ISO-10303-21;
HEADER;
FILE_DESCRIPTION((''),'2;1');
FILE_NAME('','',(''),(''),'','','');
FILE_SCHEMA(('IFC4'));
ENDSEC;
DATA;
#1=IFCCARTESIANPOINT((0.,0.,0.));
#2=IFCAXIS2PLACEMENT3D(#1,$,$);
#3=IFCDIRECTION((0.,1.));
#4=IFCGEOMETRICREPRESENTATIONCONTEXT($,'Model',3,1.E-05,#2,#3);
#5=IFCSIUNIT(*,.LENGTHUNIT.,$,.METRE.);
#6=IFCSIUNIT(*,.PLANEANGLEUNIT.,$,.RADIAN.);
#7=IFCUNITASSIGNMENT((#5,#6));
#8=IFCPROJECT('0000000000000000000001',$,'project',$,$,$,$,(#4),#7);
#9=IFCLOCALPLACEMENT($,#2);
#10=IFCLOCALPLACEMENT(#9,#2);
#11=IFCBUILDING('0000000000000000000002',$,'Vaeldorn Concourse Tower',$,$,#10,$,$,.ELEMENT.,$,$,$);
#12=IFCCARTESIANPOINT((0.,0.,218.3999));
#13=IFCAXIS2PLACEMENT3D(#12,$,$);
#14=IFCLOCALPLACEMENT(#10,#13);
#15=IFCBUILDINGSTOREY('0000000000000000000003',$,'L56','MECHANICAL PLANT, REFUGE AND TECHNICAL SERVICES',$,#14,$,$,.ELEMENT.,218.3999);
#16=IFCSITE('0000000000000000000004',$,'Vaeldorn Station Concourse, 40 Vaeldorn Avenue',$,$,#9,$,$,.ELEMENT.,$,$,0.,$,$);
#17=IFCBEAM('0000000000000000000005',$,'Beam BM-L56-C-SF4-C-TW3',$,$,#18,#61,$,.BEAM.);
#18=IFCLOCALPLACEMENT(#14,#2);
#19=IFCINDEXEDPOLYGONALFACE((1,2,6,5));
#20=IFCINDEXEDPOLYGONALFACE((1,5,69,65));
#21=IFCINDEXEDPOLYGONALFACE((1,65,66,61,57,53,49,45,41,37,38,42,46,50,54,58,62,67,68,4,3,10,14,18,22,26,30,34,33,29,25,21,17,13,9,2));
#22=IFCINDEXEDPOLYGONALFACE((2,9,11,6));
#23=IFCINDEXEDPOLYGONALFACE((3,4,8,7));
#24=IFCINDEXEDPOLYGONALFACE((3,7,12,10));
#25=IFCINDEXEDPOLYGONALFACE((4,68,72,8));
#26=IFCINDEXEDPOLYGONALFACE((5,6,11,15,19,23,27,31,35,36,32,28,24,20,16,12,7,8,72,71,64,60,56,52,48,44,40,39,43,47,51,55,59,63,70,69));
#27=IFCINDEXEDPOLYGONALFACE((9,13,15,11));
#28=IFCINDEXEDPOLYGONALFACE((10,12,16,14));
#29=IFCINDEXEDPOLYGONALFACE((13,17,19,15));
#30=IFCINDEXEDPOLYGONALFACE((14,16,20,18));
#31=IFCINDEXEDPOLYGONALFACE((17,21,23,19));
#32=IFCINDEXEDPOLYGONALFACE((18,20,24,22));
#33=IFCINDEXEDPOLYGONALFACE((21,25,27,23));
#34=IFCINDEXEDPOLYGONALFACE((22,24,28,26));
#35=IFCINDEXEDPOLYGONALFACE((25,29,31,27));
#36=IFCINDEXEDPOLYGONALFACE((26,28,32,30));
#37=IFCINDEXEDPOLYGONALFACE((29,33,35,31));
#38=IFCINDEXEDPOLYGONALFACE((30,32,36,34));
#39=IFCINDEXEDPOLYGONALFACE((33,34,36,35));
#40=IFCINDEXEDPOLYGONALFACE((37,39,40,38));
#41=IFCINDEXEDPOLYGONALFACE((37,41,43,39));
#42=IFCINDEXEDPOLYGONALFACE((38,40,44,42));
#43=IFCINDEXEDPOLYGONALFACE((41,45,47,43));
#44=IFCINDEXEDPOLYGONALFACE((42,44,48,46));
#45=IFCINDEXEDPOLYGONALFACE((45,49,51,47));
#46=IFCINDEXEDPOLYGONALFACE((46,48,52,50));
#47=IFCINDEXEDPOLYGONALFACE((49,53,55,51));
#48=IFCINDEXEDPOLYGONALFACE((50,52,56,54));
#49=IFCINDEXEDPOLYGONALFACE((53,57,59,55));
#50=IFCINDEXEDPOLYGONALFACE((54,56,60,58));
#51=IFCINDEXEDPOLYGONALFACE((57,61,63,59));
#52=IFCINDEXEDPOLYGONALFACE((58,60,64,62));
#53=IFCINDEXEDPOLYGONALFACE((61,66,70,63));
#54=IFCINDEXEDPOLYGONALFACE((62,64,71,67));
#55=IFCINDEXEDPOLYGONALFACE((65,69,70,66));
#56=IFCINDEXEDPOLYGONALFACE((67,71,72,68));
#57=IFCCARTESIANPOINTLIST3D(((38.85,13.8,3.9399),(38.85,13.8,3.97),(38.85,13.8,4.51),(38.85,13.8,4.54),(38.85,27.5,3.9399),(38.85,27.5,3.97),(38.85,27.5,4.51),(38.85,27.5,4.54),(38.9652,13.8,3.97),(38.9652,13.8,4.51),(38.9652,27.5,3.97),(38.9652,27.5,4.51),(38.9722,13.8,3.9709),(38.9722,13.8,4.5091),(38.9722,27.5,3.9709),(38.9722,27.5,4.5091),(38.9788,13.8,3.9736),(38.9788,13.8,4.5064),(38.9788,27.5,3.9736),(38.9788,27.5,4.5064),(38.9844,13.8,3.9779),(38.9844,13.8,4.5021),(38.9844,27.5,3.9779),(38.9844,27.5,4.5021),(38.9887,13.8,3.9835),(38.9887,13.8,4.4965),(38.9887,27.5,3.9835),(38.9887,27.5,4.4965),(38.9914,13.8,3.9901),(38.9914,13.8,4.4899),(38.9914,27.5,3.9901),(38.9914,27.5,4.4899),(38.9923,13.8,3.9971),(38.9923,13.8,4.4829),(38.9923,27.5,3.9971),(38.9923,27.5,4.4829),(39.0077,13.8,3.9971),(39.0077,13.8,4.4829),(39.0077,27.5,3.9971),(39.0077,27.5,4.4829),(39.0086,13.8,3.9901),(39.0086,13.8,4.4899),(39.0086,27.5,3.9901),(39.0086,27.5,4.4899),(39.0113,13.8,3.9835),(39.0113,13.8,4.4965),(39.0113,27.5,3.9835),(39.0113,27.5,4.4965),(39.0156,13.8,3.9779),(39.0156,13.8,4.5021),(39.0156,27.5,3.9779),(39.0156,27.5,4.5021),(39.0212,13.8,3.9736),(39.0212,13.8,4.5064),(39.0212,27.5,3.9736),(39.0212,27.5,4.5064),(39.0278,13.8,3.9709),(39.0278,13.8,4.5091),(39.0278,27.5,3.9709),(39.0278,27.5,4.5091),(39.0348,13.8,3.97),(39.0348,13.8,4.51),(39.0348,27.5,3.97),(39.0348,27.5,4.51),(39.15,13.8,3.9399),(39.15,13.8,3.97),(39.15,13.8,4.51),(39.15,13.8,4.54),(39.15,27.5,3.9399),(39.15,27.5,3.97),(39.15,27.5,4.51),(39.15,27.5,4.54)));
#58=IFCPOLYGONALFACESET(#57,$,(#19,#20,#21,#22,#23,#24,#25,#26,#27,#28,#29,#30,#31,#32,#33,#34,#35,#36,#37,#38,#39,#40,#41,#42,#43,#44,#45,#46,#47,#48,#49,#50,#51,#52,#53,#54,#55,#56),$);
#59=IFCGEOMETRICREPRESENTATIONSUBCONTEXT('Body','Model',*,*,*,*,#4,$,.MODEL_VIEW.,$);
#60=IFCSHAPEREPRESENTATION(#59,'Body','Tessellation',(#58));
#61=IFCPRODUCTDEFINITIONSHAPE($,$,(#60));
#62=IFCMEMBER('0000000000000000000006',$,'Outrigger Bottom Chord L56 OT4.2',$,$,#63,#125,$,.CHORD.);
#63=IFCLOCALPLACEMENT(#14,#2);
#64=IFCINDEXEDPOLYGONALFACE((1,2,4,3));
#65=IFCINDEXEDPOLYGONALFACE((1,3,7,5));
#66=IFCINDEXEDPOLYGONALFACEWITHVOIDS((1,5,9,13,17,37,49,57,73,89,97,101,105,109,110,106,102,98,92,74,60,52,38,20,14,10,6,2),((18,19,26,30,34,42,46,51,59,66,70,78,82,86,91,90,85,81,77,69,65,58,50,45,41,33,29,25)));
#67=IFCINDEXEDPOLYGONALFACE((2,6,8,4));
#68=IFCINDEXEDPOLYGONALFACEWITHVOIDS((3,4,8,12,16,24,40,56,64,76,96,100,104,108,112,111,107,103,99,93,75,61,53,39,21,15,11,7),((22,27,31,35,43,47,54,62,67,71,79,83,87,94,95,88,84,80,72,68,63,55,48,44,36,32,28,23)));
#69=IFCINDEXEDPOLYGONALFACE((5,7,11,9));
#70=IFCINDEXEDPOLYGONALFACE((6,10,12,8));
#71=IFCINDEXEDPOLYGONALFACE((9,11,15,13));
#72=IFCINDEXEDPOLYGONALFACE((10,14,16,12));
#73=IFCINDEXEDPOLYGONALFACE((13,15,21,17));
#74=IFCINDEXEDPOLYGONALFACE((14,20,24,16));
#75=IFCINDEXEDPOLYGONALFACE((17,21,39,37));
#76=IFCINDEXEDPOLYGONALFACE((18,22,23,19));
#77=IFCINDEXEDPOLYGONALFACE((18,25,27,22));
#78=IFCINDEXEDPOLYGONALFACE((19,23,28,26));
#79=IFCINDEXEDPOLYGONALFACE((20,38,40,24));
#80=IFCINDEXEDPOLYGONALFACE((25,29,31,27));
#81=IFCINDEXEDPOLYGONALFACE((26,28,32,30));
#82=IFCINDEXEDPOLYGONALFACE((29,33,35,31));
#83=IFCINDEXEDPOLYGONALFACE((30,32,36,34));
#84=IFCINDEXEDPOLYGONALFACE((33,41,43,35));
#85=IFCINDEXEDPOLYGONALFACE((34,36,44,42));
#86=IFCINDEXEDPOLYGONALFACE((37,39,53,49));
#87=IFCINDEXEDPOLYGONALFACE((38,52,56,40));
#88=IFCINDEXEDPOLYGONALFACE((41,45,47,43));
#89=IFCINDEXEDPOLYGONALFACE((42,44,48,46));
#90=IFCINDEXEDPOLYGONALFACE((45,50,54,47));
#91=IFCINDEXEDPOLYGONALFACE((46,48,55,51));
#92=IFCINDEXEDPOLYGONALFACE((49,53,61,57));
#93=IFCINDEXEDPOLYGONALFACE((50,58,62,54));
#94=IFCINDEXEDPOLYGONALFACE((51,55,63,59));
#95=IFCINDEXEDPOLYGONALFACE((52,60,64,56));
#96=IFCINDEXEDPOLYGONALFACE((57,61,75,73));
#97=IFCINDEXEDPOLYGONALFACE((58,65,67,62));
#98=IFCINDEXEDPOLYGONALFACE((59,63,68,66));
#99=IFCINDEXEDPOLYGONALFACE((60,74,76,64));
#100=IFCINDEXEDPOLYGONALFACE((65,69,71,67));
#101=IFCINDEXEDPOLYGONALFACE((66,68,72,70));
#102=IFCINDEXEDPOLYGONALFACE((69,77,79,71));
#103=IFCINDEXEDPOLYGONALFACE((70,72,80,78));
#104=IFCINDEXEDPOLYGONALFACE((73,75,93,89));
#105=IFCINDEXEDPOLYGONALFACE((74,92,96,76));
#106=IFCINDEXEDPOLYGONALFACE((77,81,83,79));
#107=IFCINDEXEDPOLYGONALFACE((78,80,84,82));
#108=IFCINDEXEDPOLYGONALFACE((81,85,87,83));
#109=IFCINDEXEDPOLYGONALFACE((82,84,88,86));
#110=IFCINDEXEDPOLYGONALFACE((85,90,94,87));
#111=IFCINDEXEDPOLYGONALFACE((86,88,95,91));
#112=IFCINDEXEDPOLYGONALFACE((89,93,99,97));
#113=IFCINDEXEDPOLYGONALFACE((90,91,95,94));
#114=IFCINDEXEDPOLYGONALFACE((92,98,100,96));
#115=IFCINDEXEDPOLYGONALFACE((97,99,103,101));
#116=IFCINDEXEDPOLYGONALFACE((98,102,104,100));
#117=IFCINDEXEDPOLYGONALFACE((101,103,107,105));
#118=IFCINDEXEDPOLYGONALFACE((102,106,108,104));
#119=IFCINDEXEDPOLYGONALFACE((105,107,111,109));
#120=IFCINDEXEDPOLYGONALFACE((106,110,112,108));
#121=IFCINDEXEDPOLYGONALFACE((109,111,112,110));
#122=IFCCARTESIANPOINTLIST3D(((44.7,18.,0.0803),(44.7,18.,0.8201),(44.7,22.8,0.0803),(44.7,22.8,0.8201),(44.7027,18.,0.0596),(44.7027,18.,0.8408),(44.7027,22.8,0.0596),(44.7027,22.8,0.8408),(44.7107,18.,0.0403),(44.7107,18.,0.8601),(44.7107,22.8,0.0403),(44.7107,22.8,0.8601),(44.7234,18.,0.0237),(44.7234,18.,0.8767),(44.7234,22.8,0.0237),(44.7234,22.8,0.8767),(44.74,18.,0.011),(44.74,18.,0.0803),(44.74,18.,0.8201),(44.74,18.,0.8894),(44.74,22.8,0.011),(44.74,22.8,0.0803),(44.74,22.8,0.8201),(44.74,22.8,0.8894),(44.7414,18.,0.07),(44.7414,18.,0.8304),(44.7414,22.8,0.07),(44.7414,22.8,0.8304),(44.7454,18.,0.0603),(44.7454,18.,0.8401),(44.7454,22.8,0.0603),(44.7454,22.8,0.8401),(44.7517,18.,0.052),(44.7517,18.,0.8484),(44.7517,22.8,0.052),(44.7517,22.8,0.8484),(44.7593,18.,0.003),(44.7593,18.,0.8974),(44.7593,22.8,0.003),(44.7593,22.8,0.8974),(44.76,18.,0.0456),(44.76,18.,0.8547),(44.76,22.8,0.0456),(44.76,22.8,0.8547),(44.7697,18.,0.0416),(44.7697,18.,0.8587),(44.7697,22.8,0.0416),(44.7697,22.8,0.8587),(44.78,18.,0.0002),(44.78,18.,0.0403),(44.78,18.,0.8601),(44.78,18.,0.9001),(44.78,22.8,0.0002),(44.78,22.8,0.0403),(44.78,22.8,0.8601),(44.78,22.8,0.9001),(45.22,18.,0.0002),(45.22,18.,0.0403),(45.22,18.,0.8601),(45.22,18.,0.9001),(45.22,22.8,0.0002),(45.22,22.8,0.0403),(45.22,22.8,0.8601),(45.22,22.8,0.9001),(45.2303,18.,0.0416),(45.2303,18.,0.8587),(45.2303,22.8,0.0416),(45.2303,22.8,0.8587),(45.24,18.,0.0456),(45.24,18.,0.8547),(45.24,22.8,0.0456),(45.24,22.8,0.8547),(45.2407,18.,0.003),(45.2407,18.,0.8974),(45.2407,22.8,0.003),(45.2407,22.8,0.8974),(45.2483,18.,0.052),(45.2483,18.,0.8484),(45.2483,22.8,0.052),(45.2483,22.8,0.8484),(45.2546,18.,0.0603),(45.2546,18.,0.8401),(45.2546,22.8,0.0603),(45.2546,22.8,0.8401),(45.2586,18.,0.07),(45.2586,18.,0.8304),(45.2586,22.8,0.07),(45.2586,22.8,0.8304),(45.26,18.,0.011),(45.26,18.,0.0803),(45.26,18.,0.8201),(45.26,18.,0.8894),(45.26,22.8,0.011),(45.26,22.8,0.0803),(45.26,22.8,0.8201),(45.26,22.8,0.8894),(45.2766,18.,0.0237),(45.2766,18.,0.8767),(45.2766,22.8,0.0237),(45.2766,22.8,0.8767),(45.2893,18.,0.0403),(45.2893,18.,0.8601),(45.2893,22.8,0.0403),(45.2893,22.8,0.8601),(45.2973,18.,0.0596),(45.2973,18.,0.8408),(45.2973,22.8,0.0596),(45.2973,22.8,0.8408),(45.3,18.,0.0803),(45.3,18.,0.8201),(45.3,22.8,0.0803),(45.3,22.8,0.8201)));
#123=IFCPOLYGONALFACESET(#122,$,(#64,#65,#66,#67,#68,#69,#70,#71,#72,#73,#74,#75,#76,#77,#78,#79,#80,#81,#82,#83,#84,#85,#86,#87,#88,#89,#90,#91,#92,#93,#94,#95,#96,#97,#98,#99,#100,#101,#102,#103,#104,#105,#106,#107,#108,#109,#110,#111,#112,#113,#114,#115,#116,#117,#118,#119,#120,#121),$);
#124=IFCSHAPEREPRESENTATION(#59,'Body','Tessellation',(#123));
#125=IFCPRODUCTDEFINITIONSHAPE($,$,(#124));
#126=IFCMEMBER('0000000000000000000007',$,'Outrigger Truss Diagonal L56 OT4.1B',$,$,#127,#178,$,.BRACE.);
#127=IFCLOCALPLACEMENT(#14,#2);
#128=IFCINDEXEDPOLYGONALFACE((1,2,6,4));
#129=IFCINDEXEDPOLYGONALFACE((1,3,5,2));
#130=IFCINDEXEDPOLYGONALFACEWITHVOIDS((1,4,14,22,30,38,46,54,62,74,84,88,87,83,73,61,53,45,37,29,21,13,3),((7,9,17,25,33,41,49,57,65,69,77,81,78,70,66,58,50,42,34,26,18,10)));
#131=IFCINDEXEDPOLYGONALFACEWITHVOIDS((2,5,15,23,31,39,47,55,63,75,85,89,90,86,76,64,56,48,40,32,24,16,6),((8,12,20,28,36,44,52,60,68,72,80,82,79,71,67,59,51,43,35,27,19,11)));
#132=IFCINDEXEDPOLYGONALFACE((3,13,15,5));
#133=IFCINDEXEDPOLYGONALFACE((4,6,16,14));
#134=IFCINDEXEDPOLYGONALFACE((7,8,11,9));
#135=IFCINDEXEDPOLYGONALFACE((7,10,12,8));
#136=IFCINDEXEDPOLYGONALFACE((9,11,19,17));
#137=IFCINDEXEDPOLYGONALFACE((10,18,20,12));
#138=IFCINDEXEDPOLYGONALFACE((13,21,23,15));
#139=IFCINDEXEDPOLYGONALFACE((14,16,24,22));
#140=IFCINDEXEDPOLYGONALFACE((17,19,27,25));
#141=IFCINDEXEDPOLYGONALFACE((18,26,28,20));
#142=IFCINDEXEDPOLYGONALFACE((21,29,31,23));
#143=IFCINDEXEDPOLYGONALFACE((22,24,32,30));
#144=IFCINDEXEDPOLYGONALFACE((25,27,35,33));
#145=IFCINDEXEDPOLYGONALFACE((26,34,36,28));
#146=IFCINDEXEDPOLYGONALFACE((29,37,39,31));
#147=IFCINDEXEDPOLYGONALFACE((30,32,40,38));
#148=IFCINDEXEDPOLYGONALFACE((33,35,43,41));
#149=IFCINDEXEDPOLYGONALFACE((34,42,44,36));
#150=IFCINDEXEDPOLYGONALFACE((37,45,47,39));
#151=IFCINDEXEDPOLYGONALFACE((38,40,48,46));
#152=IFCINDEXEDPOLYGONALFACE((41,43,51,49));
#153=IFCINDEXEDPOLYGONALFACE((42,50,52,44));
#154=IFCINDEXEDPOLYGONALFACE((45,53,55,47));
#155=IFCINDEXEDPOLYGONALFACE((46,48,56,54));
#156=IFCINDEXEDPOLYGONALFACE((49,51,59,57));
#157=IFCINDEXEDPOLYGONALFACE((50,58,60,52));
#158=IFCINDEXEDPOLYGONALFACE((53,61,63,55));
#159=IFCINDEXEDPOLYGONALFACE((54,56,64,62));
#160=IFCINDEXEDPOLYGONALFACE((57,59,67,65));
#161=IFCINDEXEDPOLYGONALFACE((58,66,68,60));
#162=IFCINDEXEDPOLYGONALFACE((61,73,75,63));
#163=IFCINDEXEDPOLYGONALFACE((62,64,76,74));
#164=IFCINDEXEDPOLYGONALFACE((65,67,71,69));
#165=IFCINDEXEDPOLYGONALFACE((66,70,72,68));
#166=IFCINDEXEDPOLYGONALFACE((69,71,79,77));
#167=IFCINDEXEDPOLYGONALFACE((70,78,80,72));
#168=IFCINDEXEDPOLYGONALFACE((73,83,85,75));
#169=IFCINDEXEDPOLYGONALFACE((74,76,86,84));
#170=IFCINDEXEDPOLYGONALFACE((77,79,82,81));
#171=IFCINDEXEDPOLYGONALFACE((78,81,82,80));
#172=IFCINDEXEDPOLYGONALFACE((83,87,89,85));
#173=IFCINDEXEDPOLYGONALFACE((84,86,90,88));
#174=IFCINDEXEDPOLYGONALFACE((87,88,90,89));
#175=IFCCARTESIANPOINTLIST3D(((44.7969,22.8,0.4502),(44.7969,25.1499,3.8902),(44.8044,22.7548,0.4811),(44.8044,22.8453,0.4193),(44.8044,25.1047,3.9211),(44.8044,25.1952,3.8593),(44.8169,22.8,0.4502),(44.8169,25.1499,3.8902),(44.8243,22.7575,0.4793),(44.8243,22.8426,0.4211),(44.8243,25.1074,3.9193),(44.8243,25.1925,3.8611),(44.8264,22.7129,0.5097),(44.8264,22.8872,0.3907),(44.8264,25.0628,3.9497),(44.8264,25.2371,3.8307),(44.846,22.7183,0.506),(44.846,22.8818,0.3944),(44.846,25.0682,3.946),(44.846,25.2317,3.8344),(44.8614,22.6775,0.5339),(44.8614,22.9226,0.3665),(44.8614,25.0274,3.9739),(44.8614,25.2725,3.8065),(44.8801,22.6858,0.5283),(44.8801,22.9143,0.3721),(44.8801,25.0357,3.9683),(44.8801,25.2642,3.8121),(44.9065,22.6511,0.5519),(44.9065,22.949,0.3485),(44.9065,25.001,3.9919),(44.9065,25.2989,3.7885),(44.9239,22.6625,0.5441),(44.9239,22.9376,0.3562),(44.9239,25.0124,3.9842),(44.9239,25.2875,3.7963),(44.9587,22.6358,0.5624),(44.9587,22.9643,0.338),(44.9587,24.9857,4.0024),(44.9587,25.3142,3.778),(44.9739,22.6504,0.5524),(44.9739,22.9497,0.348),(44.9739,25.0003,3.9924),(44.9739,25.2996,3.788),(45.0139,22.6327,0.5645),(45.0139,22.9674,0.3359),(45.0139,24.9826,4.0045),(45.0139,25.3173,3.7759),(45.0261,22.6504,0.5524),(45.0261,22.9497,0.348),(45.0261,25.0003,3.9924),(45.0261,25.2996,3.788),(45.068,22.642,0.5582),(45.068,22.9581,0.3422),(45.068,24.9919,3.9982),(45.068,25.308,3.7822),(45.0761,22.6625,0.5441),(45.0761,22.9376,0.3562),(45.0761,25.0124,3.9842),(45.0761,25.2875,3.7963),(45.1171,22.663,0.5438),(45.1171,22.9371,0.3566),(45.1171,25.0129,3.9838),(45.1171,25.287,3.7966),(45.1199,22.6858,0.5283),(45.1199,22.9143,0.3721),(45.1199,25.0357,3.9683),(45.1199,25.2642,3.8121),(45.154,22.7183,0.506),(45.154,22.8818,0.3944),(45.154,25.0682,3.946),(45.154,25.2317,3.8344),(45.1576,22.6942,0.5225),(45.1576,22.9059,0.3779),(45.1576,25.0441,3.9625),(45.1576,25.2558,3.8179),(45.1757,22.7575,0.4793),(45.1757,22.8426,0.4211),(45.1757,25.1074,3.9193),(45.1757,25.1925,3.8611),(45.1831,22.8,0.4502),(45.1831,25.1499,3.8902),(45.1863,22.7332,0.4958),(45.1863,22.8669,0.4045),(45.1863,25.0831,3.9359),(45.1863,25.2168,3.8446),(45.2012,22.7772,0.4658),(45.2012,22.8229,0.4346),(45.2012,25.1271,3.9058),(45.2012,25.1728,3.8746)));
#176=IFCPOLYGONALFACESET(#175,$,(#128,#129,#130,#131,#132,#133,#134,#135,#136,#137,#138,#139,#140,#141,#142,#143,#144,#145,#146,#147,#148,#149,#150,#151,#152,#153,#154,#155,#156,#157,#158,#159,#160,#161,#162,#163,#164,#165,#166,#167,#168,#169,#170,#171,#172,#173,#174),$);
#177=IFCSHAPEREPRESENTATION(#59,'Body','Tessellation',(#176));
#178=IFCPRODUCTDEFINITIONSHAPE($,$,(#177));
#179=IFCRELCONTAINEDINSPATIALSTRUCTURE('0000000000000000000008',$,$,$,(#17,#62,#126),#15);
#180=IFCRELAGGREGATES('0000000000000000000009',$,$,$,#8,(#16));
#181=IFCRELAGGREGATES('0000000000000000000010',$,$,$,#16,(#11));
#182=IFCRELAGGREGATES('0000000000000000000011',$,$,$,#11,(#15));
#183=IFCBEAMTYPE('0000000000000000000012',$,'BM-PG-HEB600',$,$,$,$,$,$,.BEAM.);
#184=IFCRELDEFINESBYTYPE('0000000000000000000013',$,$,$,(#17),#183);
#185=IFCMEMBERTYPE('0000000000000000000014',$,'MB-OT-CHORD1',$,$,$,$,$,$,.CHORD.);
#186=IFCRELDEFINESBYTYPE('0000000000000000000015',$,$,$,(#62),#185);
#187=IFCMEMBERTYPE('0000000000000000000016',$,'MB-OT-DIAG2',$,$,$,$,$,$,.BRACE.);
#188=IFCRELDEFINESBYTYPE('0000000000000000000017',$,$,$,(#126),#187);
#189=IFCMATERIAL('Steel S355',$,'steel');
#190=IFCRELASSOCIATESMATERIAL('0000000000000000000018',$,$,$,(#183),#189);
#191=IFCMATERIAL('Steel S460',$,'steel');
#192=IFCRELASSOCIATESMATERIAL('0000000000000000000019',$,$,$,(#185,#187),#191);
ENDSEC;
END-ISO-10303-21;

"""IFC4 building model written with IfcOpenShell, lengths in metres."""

from ifc_helpers import new_model, si_unit, direction, frame, origin, origin_2d, place, context, subcontext, project, spatial, hollow_rectangle, hollow_circle, i_section, extrude, source, transform, mapped, material, material_profile, profile_set, type_object, element, save


model = new_model("IFC4")

# Units and contexts
model_context = context("Model", 3, precision=1e-05, world=origin(), true_north=direction((0.0, 1.0)))
body_context = subcontext(model_context, "Body", "Model", "MODEL_VIEW")
ifc_project = project(units=[si_unit("LENGTHUNIT", "METRE"), si_unit("PLANEANGLEUNIT", "RADIAN")], contexts=[model_context])

# Site, building, storey
site_placement = place(None, origin())
site = spatial("IfcSite", under=ifc_project, at=site_placement, Name="Vaeldorn Station Concourse, 40 Vaeldorn Avenue", CompositionType="ELEMENT", RefElevation=0.0)
building_placement = place(site_placement, origin())
building = spatial("IfcBuilding", under=site, at=building_placement, Name="Vaeldorn Concourse Tower", CompositionType="ELEMENT")
storey_placement = place(building_placement, frame((0.0, 0.0, 218.3999)))
storey = spatial("IfcBuildingStorey", under=building, at=storey_placement, Name="L56", Description="MECHANICAL PLANT, REFUGE AND TECHNICAL SERVICES", CompositionType="ELEMENT", Elevation=218.3999)

# Shared definitions
ifc_material_1 = material(Name="Steel S355", Category="steel")

# Beam
ifc_material_profile_1 = material_profile(ifc_material_1, i_section(OverallWidth=0.3, OverallDepth=0.6001, WebThickness=0.0154, FlangeThickness=0.03, FilletRadius=0.0271, at=origin_2d()), Name="HEB 600")
ifc_profile_set_1 = profile_set([ifc_material_profile_1], Name="Steel S355")
beam_type_1 = type_object("IfcBeamType", Name="BM-PG-HEB600", PredefinedType="BEAM", material=ifc_profile_set_1)
shared_shape_1 = source(origin(), body_context, "Body", "SweptSolid", [
    extrude(i_section(OverallWidth=0.3, OverallDepth=0.6001, WebThickness=0.0154, FlangeThickness=0.03, FilletRadius=0.0271, at=origin_2d()), origin(), (0.0, 0.0, 1.0), 13.7),
])
beam_1_placement = place(storey_placement, frame((39.0, 13.8, 4.24), z_axis=(0.0, 1.0, 0.0), x_axis=(-1.0, 0.0, 0.0)))
element("IfcBeam", 1, at=beam_1_placement, inside=storey, type_object=beam_type_1, Name="Beam BM-L56-C-SF4-C-TW3", PredefinedType="BEAM", context=body_context, shape_type="MappedRepresentation", body=[
    mapped(shared_shape_1, transform((0.0, 0.0, 0.0), scale=1.0)),
])

# Members
ifc_material_2 = material(Name="Steel S460", Category="steel")
ifc_material_profile_2 = material_profile(ifc_material_2, hollow_rectangle(XDim=0.6001, YDim=0.8999, WallThickness=0.04, InnerFilletRadius=0.04, OuterFilletRadius=0.0801, at=origin_2d()), Name="RHS 900x600x40")
ifc_profile_set_2 = profile_set([ifc_material_profile_2], Name="Steel S460")
member_type_1 = type_object("IfcMemberType", Name="MB-OT-CHORD1", PredefinedType="CHORD", material=ifc_profile_set_2)
shared_shape_2 = source(origin(), body_context, "Body", "SweptSolid", [
    extrude(hollow_rectangle(XDim=0.6001, YDim=0.8999, WallThickness=0.04, InnerFilletRadius=0.04, OuterFilletRadius=0.0801, at=origin_2d()), origin(), (0.0, 0.0, 1.0), 4.8),
])
member_1_placement = place(storey_placement, frame((45.0, 22.8, 0.4502), z_axis=(0.0, -1.0, 0.0), x_axis=(1.0, 0.0, 0.0)))
element("IfcMember", 2, at=member_1_placement, inside=storey, type_object=member_type_1, Name="Outrigger Bottom Chord L56 OT4.2", PredefinedType="CHORD", context=body_context, shape_type="MappedRepresentation", body=[
    mapped(shared_shape_2, transform((0.0, 0.0, 0.0), scale=1.0)),
])
ifc_material_profile_3 = material_profile(ifc_material_2, hollow_circle(Radius=0.2031, WallThickness=0.02, at=origin_2d()), Name="CHS 406.4x20")
ifc_profile_set_3 = profile_set([ifc_material_profile_3], Name="Steel S460")
member_type_2 = type_object("IfcMemberType", Name="MB-OT-DIAG2", PredefinedType="BRACE", material=ifc_profile_set_3)
shared_shape_3 = source(origin(), body_context, "Body", "SweptSolid", [
    extrude(hollow_circle(Radius=0.2031, WallThickness=0.02, at=origin_2d()), origin(), (0.0, 0.0, 1.0), 4.166),
])
member_2_placement = place(storey_placement, frame((45.0, 22.8, 0.4502), z_axis=(0.0, 0.564064, 0.825731), x_axis=(-1.0, 0.0, 0.0)))
element("IfcMember", 3, at=member_2_placement, inside=storey, type_object=member_type_2, Name="Outrigger Truss Diagonal L56 OT4.1B", PredefinedType="BRACE", context=body_context, shape_type="MappedRepresentation", body=[
    mapped(shared_shape_3, transform((0.0, 0.0, 0.0), scale=1.0)),
])

save(model, "model.ifc")
